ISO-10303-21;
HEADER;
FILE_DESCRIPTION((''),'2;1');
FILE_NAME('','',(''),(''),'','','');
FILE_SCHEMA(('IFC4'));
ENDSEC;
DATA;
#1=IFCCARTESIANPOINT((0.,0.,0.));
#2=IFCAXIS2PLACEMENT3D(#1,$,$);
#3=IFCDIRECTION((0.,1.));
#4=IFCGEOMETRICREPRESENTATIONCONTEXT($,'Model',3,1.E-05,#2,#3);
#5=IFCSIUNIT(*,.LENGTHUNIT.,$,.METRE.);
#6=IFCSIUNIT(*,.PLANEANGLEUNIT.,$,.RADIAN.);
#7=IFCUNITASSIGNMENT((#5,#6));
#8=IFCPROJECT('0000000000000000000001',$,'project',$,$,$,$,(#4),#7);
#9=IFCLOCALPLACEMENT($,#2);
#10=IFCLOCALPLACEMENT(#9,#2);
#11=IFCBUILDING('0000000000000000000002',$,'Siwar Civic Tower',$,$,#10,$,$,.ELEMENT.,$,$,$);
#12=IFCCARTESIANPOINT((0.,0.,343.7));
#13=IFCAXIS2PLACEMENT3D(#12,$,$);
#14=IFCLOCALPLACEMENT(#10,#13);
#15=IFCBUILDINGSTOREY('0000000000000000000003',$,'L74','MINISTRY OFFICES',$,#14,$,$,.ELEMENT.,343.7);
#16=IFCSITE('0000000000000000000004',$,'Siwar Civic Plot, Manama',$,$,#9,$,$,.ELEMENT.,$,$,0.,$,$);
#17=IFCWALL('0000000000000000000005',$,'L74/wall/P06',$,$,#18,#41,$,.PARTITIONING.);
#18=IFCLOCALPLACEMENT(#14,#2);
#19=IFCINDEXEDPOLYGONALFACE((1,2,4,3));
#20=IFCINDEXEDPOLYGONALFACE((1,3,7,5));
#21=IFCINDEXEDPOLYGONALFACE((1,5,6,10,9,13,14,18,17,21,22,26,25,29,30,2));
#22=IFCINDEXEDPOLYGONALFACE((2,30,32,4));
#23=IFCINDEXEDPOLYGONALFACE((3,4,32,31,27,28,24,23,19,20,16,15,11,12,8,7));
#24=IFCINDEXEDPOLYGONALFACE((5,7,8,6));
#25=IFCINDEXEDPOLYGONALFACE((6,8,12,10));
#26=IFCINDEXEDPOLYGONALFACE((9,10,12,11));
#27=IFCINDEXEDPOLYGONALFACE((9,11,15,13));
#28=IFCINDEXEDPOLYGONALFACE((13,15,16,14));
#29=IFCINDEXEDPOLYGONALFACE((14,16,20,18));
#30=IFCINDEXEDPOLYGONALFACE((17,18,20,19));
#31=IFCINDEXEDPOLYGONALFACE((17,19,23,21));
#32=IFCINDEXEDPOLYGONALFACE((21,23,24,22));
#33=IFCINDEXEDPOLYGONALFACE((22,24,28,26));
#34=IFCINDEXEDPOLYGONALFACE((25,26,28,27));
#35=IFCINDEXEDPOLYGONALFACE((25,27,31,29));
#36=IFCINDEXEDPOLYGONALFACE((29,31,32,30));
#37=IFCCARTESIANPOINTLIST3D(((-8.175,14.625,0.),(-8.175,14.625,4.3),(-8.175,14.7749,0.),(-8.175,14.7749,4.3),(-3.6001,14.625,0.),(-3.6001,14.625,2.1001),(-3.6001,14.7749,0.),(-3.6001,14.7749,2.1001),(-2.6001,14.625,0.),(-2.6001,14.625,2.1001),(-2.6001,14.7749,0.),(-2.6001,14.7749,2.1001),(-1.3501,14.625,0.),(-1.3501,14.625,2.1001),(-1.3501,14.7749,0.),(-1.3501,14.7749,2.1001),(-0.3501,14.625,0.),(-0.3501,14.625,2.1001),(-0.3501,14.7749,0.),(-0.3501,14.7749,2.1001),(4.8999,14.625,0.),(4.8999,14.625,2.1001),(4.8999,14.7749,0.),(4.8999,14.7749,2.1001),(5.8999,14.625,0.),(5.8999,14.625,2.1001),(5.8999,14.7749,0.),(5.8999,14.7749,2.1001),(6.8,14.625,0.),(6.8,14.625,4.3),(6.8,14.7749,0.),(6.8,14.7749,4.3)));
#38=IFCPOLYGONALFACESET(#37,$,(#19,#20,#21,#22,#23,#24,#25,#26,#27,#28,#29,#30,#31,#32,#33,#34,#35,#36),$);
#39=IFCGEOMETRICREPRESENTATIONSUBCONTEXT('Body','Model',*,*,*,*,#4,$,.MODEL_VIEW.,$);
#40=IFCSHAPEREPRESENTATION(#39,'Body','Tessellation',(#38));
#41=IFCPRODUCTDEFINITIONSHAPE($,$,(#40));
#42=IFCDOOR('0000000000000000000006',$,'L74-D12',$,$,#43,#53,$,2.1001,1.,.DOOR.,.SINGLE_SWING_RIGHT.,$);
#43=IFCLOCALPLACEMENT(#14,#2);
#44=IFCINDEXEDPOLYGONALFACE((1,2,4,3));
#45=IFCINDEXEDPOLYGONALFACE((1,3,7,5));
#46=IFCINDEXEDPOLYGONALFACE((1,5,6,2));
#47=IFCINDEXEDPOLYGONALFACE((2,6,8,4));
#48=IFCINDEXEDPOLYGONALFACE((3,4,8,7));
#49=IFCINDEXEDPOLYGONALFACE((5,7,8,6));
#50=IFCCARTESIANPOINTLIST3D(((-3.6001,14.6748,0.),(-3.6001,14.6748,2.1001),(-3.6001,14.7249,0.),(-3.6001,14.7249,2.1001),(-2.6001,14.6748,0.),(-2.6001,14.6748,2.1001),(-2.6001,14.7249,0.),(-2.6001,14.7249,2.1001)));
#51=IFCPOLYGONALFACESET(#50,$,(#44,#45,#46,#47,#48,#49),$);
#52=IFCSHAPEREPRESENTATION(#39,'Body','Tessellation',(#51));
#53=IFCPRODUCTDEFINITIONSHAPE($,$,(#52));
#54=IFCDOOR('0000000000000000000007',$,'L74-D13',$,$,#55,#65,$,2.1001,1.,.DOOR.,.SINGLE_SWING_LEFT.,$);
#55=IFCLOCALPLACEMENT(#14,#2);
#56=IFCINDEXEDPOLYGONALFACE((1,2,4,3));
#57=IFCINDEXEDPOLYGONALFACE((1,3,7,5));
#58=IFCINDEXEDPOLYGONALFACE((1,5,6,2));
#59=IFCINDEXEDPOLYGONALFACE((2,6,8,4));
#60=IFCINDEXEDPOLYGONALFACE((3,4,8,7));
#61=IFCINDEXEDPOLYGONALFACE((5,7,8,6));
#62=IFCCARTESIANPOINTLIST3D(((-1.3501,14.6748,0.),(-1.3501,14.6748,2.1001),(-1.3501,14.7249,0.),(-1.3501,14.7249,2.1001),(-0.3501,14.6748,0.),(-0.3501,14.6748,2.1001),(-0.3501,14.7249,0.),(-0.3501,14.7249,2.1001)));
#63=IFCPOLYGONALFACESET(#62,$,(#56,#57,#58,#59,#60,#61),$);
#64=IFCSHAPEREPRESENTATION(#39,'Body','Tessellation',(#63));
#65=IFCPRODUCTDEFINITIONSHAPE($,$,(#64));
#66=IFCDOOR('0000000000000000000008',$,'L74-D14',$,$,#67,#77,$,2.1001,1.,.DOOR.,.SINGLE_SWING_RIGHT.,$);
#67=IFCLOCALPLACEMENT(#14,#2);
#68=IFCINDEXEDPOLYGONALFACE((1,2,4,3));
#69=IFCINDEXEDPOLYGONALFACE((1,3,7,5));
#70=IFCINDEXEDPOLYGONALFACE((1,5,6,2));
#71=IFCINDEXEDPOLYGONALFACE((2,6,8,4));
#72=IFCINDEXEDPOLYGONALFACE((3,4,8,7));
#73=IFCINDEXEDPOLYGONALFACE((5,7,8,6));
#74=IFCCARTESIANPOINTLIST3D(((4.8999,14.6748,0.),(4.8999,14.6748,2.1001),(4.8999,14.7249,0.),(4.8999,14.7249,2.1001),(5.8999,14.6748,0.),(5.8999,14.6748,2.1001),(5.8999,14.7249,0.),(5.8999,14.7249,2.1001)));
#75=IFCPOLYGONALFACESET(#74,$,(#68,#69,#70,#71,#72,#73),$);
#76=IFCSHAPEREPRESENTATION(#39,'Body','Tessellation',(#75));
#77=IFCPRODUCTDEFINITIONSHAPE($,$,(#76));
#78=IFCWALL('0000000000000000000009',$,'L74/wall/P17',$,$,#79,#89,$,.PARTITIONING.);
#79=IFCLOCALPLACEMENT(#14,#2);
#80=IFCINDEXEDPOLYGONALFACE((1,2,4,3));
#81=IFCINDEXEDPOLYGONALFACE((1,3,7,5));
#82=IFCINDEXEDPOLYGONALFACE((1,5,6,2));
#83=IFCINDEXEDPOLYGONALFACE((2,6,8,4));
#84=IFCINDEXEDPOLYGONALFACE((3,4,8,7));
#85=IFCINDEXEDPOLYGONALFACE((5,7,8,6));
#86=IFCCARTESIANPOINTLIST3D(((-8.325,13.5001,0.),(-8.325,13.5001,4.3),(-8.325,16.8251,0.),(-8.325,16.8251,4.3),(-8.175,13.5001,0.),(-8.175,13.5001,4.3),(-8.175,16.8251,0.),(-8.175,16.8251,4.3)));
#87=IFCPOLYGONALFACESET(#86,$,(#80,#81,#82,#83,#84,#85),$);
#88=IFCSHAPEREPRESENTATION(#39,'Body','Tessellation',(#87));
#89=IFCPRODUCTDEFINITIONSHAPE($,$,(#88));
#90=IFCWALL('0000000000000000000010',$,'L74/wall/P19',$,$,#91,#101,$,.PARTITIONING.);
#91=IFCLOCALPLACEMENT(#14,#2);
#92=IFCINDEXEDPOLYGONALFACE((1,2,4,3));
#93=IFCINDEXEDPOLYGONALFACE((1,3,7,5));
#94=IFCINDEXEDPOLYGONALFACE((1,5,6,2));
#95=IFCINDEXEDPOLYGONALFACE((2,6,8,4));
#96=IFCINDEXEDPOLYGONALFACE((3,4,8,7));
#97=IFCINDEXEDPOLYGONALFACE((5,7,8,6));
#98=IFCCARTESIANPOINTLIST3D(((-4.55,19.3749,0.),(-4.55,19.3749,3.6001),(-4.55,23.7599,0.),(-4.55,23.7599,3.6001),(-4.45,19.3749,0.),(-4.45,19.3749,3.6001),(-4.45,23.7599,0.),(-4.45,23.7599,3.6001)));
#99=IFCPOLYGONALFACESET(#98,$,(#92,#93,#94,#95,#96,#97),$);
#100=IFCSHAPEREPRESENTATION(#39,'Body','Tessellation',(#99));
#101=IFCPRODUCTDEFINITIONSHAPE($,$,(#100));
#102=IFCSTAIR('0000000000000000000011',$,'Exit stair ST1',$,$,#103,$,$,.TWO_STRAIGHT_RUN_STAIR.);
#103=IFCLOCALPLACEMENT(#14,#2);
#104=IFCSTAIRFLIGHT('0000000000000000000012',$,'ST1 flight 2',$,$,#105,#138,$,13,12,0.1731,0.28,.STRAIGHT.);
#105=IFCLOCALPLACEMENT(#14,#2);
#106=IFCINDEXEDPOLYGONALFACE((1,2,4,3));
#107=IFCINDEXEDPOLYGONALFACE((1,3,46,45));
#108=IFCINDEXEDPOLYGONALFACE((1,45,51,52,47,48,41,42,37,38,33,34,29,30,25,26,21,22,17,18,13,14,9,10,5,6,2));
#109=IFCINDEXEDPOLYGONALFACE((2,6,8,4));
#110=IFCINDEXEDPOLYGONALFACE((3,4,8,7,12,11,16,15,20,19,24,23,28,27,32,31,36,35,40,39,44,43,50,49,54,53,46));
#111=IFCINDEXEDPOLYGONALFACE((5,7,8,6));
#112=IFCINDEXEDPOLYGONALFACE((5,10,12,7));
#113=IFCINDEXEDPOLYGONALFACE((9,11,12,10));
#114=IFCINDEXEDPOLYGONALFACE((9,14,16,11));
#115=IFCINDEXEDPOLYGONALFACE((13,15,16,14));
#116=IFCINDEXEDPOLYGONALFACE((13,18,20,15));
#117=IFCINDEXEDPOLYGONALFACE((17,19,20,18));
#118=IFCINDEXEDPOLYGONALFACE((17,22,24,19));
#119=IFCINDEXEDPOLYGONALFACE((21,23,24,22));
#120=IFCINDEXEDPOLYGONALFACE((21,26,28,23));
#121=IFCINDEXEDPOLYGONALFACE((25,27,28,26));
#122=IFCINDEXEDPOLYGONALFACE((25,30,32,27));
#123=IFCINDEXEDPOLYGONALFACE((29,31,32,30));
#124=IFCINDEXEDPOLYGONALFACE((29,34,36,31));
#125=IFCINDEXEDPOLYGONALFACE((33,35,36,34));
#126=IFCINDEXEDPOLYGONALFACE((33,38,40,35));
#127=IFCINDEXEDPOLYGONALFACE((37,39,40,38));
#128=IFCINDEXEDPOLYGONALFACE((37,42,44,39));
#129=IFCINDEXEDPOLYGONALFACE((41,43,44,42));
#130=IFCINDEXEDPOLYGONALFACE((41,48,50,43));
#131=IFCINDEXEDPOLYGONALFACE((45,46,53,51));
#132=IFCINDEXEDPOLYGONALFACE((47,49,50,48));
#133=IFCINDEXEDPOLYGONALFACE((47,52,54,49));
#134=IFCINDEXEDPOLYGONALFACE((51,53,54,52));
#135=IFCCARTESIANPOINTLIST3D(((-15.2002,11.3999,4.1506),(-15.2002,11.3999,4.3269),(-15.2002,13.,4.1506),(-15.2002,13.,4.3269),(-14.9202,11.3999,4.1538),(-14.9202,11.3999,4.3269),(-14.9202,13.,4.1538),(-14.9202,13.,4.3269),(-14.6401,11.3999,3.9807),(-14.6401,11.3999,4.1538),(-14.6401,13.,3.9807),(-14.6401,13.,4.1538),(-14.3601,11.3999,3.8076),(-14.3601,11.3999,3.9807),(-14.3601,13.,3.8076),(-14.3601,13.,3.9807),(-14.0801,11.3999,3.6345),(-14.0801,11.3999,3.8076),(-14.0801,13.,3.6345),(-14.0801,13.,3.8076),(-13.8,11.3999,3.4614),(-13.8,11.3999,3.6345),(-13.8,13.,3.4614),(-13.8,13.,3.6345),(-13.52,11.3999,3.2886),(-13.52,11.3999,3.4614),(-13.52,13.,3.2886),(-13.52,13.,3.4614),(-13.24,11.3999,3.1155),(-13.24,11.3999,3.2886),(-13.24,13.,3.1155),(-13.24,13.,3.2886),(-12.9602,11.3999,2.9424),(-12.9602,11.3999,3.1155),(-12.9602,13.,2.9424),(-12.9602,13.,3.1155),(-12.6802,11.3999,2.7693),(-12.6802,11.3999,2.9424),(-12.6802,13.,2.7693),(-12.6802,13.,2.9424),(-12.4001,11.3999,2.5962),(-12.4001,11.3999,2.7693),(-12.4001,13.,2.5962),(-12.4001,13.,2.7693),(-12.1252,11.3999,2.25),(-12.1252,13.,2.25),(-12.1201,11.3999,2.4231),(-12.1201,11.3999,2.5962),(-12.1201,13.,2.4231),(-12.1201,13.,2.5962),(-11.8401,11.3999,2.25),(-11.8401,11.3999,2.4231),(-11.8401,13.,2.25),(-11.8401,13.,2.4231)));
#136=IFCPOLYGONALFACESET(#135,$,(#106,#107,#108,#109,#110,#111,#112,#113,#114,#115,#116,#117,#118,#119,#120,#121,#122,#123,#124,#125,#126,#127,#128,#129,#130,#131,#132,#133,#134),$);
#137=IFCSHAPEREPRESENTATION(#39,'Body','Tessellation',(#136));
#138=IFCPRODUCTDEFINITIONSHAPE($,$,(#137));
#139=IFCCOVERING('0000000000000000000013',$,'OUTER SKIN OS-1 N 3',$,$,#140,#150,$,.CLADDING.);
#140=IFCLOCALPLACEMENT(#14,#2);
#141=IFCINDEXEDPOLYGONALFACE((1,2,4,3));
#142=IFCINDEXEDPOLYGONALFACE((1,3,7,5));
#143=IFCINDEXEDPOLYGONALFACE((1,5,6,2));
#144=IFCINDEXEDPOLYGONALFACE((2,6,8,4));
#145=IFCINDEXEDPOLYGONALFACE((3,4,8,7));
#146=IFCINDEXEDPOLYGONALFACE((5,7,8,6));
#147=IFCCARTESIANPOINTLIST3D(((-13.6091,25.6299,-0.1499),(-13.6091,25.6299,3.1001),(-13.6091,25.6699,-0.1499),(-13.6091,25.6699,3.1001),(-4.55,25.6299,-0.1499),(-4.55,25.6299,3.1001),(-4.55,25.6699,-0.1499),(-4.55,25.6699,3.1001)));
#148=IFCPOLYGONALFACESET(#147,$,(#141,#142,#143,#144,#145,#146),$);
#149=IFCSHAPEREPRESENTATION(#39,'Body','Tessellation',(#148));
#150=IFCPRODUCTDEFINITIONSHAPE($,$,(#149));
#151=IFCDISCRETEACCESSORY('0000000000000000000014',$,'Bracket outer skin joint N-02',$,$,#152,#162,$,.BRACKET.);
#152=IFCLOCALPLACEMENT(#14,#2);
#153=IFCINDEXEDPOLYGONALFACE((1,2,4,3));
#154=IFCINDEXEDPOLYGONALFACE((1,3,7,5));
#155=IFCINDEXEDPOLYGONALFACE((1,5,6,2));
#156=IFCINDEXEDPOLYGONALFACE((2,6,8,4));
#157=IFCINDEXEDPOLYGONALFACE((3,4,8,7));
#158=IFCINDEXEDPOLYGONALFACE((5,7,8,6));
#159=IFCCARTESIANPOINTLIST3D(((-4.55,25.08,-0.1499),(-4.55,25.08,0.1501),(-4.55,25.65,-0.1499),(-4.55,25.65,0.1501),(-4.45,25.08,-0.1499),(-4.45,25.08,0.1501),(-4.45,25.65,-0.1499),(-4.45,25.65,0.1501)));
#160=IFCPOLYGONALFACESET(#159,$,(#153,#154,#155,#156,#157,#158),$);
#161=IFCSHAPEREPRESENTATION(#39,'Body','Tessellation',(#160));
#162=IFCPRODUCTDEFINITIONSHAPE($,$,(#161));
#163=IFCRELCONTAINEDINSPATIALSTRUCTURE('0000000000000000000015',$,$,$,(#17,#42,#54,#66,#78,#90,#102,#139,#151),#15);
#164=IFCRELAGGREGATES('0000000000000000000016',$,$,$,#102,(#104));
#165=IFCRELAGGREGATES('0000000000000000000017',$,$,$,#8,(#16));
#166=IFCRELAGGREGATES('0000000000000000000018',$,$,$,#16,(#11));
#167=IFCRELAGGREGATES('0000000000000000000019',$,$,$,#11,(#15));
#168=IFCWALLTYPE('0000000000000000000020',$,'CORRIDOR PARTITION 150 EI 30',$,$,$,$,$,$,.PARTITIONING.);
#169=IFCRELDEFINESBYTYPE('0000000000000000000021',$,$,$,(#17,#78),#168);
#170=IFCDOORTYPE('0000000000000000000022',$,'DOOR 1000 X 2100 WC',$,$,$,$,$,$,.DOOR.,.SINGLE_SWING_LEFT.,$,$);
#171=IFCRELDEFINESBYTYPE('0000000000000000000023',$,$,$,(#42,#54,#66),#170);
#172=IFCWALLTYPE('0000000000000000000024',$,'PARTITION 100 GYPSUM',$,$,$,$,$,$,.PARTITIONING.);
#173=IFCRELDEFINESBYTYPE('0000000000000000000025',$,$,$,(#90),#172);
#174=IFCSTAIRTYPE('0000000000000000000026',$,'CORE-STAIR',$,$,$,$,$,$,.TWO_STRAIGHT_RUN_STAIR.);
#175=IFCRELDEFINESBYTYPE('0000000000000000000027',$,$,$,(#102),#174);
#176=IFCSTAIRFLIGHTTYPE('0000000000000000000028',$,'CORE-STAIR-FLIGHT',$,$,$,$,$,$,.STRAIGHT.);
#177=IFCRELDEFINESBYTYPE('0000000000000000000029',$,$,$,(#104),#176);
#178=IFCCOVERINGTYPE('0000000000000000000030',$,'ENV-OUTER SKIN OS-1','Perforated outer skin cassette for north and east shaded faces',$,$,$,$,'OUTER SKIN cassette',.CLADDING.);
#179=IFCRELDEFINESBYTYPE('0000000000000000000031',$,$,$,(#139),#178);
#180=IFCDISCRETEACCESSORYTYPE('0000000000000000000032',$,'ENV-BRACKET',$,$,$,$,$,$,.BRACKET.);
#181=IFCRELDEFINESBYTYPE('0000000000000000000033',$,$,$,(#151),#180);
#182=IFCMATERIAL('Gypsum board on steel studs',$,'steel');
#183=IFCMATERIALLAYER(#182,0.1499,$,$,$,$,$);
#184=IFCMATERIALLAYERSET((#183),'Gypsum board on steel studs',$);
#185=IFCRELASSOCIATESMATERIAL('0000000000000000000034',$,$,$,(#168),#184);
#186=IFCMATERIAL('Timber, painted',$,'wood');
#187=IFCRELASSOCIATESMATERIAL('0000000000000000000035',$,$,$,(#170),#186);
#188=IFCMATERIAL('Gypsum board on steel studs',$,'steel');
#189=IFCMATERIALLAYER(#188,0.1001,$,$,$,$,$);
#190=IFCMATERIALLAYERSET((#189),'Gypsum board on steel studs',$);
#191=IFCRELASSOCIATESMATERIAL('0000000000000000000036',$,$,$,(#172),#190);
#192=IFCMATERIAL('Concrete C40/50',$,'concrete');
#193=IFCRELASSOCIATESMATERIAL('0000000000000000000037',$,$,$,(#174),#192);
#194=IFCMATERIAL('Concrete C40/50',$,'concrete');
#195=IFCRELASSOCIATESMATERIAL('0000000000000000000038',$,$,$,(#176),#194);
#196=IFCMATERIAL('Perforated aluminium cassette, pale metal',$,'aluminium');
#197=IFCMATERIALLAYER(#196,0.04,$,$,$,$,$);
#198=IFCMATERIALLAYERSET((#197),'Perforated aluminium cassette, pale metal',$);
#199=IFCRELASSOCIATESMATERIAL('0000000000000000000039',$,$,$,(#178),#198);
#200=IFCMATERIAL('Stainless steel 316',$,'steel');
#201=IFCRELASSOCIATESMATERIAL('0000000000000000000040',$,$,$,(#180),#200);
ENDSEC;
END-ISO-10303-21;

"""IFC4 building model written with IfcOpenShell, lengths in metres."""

from ifc_helpers import new_model, si_unit, direction, frame, frame_2d, origin, origin_2d, place, context, subcontext, project, spatial, polyline, rectangle, outline, extrude, material, layer, layer_set, type_object, element, fill, aggregate, save


model = new_model("IFC4")

# Units and contexts
model_context = context("Model", 3, precision=1e-05, world=origin(), true_north=direction((0.0, 1.0)))
body_context = subcontext(model_context, "Body", "Model", "MODEL_VIEW")
ifc_project = project(units=[si_unit("LENGTHUNIT", "METRE"), si_unit("PLANEANGLEUNIT", "RADIAN")], contexts=[model_context])

# Site, building, storey
site_placement = place(None, origin())
site = spatial("IfcSite", under=ifc_project, at=site_placement, Name="Siwar Civic Plot, Manama", CompositionType="ELEMENT", RefElevation=0.0)
building_placement = place(site_placement, origin())
building = spatial("IfcBuilding", under=site, at=building_placement, Name="Siwar Civic Tower", CompositionType="ELEMENT")
storey_placement = place(building_placement, frame((0.0, 0.0, 343.7)))
storey = spatial("IfcBuildingStorey", under=building, at=storey_placement, Name="L74", Description="MINISTRY OFFICES", CompositionType="ELEMENT", Elevation=343.7)

# Wall, openings, doors
ifc_material_1 = material(Name="Gypsum board on steel studs", Category="steel")
ifc_layer_1 = layer(ifc_material_1, 0.1499)
ifc_layer_set_1 = layer_set([ifc_layer_1], Name="Gypsum board on steel studs")
wall_type_1 = type_object("IfcWallType", Name="CORRIDOR PARTITION 150 EI 30", PredefinedType="PARTITIONING", material=ifc_layer_set_1)
wall_1_placement = place(storey_placement, frame((-8.175, 14.7, 0.0), z_axis=(0.0, 0.0, 1.0), x_axis=(1.0, 0.0, 0.0)))
wall_1 = element("IfcWall", 1, at=wall_1_placement, inside=storey, type_object=wall_type_1, Name="L74/wall/P06", PredefinedType="PARTITIONING", context=body_context, shape_type="SweptSolid", body=[
    extrude(rectangle(XDim=14.9751, YDim=0.1499, at=frame_2d((7.4875, 0.0))), origin(), (0.0, 0.0, 1.0), 4.3),
])
opening_1_placement = place(wall_1_placement, frame((4.575, 0.0, 0.0)))
opening_1 = element("IfcOpeningElement", 2, at=opening_1_placement, cuts=wall_1, PredefinedType="OPENING", context=body_context, shape_type="SweptSolid", body=[
    extrude(rectangle(XDim=1.0, YDim=2.1001, at=frame_2d((0.5, 1.05))), frame((0.0, 0.085, 0.0), z_axis=(0.0, -1.0, 0.0), x_axis=(1.0, 0.0, 0.0)), (0.0, 0.0, 1.0), 0.1699),
])
opening_2_placement = place(wall_1_placement, frame((6.825, 0.0, 0.0)))
opening_2 = element("IfcOpeningElement", 3, at=opening_2_placement, cuts=wall_1, PredefinedType="OPENING", context=body_context, shape_type="SweptSolid", body=[
    extrude(rectangle(XDim=1.0, YDim=2.1001, at=frame_2d((0.5, 1.05))), frame((0.0, 0.085, 0.0), z_axis=(0.0, -1.0, 0.0), x_axis=(1.0, 0.0, 0.0)), (0.0, 0.0, 1.0), 0.1699),
])
opening_3_placement = place(wall_1_placement, frame((13.075, 0.0, 0.0)))
opening_3 = element("IfcOpeningElement", 4, at=opening_3_placement, cuts=wall_1, PredefinedType="OPENING", context=body_context, shape_type="SweptSolid", body=[
    extrude(rectangle(XDim=1.0, YDim=2.1001, at=frame_2d((0.5, 1.05))), frame((0.0, 0.085, 0.0), z_axis=(0.0, -1.0, 0.0), x_axis=(1.0, 0.0, 0.0)), (0.0, 0.0, 1.0), 0.1699),
])
ifc_material_2 = material(Name="Timber, painted", Category="wood")
door_type_1 = type_object("IfcDoorType", Name="DOOR 1000 X 2100 WC", OperationType="SINGLE_SWING_LEFT", PredefinedType="DOOR", material=ifc_material_2)
door_1_placement = place(opening_1_placement, origin())
door_1 = element("IfcDoor", 5, at=door_1_placement, inside=storey, type_object=door_type_1, Name="L74-D12", OperationType="SINGLE_SWING_RIGHT", OverallHeight=2.1001, OverallWidth=1.0, PredefinedType="DOOR", context=body_context, shape_type="SweptSolid", body=[
    extrude(rectangle(XDim=1.0, YDim=2.1001, at=frame_2d((0.5, 1.05))), frame((0.0, 0.0249, 0.0), z_axis=(0.0, -1.0, 0.0), x_axis=(1.0, 0.0, 0.0)), (0.0, 0.0, 1.0), 0.05),
])
fill(opening_1, door_1)
door_2_placement = place(opening_2_placement, origin())
door_2 = element("IfcDoor", 6, at=door_2_placement, inside=storey, type_object=door_type_1, Name="L74-D13", OperationType="SINGLE_SWING_LEFT", OverallHeight=2.1001, OverallWidth=1.0, PredefinedType="DOOR", context=body_context, shape_type="SweptSolid", body=[
    extrude(rectangle(XDim=1.0, YDim=2.1001, at=frame_2d((0.5, 1.05))), frame((0.0, 0.0249, 0.0), z_axis=(0.0, -1.0, 0.0), x_axis=(1.0, 0.0, 0.0)), (0.0, 0.0, 1.0), 0.05),
])
fill(opening_2, door_2)
door_3_placement = place(opening_3_placement, origin())
door_3 = element("IfcDoor", 7, at=door_3_placement, inside=storey, type_object=door_type_1, Name="L74-D14", OperationType="SINGLE_SWING_RIGHT", OverallHeight=2.1001, OverallWidth=1.0, PredefinedType="DOOR", context=body_context, shape_type="SweptSolid", body=[
    extrude(rectangle(XDim=1.0, YDim=2.1001, at=frame_2d((0.5, 1.05))), frame((0.0, 0.0249, 0.0), z_axis=(0.0, -1.0, 0.0), x_axis=(1.0, 0.0, 0.0)), (0.0, 0.0, 1.0), 0.05),
])
fill(opening_3, door_3)

# Walls
wall_2_placement = place(storey_placement, frame((-8.25, 13.5, 0.0), z_axis=(0.0, 0.0, 1.0), x_axis=(0.0, 1.0, 0.0)))
element("IfcWall", 8, at=wall_2_placement, inside=storey, type_object=wall_type_1, Name="L74/wall/P17", PredefinedType="PARTITIONING", context=body_context, shape_type="SweptSolid", body=[
    extrude(rectangle(XDim=3.325, YDim=0.1499, at=frame_2d((1.6626, 0.0))), origin(), (0.0, 0.0, 1.0), 4.3),
])
ifc_material_3 = material(Name="Gypsum board on steel studs", Category="steel")
ifc_layer_2 = layer(ifc_material_3, 0.1001)
ifc_layer_set_2 = layer_set([ifc_layer_2], Name="Gypsum board on steel studs")
wall_type_2 = type_object("IfcWallType", Name="PARTITION 100 GYPSUM", PredefinedType="PARTITIONING", material=ifc_layer_set_2)
wall_3_placement = place(storey_placement, frame((-4.5, 19.375, 0.0), z_axis=(0.0, 0.0, 1.0), x_axis=(0.0, 1.0, 0.0)))
element("IfcWall", 9, at=wall_3_placement, inside=storey, type_object=wall_type_2, Name="L74/wall/P19", PredefinedType="PARTITIONING", context=body_context, shape_type="SweptSolid", body=[
    extrude(rectangle(XDim=4.385, YDim=0.1001, at=frame_2d((2.1924, 0.0))), origin(), (0.0, 0.0, 1.0), 3.6001),
])

# Stair, stair flight
ifc_material_4 = material(Name="Concrete C40/50", Category="concrete")
stair_type = type_object("IfcStairType", Name="CORE-STAIR", PredefinedType="TWO_STRAIGHT_RUN_STAIR", material=ifc_material_4)
stair_placement = place(storey_placement, origin())
stair = element("IfcStair", 10, at=stair_placement, inside=storey, type_object=stair_type, Name="Exit stair ST1", PredefinedType="TWO_STRAIGHT_RUN_STAIR")
ifc_material_5 = material(Name="Concrete C40/50", Category="concrete")
stair_flight_type = type_object("IfcStairFlightType", Name="CORE-STAIR-FLIGHT", PredefinedType="STRAIGHT", material=ifc_material_5)
stair_flight_placement = place(storey_placement, frame((-11.8401, 12.2, 2.25), z_axis=(0.0, 0.0, 1.0), x_axis=(-1.0, 0.0, 0.0)))
stair_flight = element("IfcStairFlight", 11, at=stair_flight_placement, type_object=stair_flight_type, Name="ST1 flight 2", NumberOfRisers=13, NumberOfTreads=12, PredefinedType="STRAIGHT", RiserHeight=0.1731, TreadLength=0.28, context=body_context, shape_type="SweptSolid", body=[
    extrude(outline(polyline([(0.0, 0.0), (0.0, 0.1731), (0.28, 0.1731), (0.28, 0.3462), (0.5601, 0.3462), (0.5601, 0.5193), (0.8401, 0.5193), (0.8401, 0.6924), (1.1201, 0.6924), (1.1201, 0.8655), (1.3999, 0.8655), (1.3999, 1.0386), (1.6799, 1.0386), (1.6799, 1.2114), (1.96, 1.2114), (1.96, 1.3845), (2.24, 1.3845), (2.24, 1.5576), (2.52, 1.5576), (2.52, 1.7307), (2.8, 1.7307), (2.8, 1.9038), (3.0801, 1.9038), (3.0801, 2.0769), (3.3601, 2.0769), (3.3601, 2.25), (3.3601, 1.9006), (0.2852, 0.0), (0.0, 0.0)])), frame((0.0, 0.8, 0.0), z_axis=(0.0, -1.0, 0.0), x_axis=(1.0, 0.0, 0.0)), (0.0, 0.0, 1.0), 1.6001),
])
aggregate(stair, [stair_flight])

# Covering
ifc_material_6 = material(Name="Perforated aluminium cassette, pale metal", Category="aluminium")
ifc_layer_3 = layer(ifc_material_6, 0.04)
ifc_layer_set_3 = layer_set([ifc_layer_3], Name="Perforated aluminium cassette, pale metal")
covering_type = type_object("IfcCoveringType", Name="ENV-OUTER SKIN OS-1", Description="Perforated outer skin cassette for north and east shaded faces", ElementType="OUTER SKIN cassette", PredefinedType="CLADDING", material=ifc_layer_set_3)
covering_placement = place(storey_placement, frame((-9.0796, 25.6499, -0.1499), z_axis=(0.0, 0.0, 1.0), x_axis=(-1.0, 0.0, 0.0)))
element("IfcCovering", 12, at=covering_placement, inside=storey, type_object=covering_type, Name="OUTER SKIN OS-1 N 3", PredefinedType="CLADDING", context=body_context, shape_type="SweptSolid", body=[
    extrude(rectangle(XDim=9.0591, YDim=0.04, at=origin_2d()), origin(), (0.0, 0.0, 1.0), 3.25),
])

# Discrete accessory
ifc_material_7 = material(Name="Stainless steel 316", Category="steel")
discrete_accessory_type = type_object("IfcDiscreteAccessoryType", Name="ENV-BRACKET", PredefinedType="BRACKET", material=ifc_material_7)
discrete_accessory_placement = place(storey_placement, frame((-4.5, 25.365, -0.1499), z_axis=(0.0, 0.0, 1.0), x_axis=(0.0, 1.0, 0.0)))
element("IfcDiscreteAccessory", 13, at=discrete_accessory_placement, inside=storey, type_object=discrete_accessory_type, Name="Bracket outer skin joint N-02", PredefinedType="BRACKET", context=body_context, shape_type="SweptSolid", body=[
    extrude(rectangle(XDim=0.5701, YDim=0.1001, at=origin_2d()), origin(), (0.0, 0.0, 1.0), 0.3),
])

save(model, "model.ifc")
